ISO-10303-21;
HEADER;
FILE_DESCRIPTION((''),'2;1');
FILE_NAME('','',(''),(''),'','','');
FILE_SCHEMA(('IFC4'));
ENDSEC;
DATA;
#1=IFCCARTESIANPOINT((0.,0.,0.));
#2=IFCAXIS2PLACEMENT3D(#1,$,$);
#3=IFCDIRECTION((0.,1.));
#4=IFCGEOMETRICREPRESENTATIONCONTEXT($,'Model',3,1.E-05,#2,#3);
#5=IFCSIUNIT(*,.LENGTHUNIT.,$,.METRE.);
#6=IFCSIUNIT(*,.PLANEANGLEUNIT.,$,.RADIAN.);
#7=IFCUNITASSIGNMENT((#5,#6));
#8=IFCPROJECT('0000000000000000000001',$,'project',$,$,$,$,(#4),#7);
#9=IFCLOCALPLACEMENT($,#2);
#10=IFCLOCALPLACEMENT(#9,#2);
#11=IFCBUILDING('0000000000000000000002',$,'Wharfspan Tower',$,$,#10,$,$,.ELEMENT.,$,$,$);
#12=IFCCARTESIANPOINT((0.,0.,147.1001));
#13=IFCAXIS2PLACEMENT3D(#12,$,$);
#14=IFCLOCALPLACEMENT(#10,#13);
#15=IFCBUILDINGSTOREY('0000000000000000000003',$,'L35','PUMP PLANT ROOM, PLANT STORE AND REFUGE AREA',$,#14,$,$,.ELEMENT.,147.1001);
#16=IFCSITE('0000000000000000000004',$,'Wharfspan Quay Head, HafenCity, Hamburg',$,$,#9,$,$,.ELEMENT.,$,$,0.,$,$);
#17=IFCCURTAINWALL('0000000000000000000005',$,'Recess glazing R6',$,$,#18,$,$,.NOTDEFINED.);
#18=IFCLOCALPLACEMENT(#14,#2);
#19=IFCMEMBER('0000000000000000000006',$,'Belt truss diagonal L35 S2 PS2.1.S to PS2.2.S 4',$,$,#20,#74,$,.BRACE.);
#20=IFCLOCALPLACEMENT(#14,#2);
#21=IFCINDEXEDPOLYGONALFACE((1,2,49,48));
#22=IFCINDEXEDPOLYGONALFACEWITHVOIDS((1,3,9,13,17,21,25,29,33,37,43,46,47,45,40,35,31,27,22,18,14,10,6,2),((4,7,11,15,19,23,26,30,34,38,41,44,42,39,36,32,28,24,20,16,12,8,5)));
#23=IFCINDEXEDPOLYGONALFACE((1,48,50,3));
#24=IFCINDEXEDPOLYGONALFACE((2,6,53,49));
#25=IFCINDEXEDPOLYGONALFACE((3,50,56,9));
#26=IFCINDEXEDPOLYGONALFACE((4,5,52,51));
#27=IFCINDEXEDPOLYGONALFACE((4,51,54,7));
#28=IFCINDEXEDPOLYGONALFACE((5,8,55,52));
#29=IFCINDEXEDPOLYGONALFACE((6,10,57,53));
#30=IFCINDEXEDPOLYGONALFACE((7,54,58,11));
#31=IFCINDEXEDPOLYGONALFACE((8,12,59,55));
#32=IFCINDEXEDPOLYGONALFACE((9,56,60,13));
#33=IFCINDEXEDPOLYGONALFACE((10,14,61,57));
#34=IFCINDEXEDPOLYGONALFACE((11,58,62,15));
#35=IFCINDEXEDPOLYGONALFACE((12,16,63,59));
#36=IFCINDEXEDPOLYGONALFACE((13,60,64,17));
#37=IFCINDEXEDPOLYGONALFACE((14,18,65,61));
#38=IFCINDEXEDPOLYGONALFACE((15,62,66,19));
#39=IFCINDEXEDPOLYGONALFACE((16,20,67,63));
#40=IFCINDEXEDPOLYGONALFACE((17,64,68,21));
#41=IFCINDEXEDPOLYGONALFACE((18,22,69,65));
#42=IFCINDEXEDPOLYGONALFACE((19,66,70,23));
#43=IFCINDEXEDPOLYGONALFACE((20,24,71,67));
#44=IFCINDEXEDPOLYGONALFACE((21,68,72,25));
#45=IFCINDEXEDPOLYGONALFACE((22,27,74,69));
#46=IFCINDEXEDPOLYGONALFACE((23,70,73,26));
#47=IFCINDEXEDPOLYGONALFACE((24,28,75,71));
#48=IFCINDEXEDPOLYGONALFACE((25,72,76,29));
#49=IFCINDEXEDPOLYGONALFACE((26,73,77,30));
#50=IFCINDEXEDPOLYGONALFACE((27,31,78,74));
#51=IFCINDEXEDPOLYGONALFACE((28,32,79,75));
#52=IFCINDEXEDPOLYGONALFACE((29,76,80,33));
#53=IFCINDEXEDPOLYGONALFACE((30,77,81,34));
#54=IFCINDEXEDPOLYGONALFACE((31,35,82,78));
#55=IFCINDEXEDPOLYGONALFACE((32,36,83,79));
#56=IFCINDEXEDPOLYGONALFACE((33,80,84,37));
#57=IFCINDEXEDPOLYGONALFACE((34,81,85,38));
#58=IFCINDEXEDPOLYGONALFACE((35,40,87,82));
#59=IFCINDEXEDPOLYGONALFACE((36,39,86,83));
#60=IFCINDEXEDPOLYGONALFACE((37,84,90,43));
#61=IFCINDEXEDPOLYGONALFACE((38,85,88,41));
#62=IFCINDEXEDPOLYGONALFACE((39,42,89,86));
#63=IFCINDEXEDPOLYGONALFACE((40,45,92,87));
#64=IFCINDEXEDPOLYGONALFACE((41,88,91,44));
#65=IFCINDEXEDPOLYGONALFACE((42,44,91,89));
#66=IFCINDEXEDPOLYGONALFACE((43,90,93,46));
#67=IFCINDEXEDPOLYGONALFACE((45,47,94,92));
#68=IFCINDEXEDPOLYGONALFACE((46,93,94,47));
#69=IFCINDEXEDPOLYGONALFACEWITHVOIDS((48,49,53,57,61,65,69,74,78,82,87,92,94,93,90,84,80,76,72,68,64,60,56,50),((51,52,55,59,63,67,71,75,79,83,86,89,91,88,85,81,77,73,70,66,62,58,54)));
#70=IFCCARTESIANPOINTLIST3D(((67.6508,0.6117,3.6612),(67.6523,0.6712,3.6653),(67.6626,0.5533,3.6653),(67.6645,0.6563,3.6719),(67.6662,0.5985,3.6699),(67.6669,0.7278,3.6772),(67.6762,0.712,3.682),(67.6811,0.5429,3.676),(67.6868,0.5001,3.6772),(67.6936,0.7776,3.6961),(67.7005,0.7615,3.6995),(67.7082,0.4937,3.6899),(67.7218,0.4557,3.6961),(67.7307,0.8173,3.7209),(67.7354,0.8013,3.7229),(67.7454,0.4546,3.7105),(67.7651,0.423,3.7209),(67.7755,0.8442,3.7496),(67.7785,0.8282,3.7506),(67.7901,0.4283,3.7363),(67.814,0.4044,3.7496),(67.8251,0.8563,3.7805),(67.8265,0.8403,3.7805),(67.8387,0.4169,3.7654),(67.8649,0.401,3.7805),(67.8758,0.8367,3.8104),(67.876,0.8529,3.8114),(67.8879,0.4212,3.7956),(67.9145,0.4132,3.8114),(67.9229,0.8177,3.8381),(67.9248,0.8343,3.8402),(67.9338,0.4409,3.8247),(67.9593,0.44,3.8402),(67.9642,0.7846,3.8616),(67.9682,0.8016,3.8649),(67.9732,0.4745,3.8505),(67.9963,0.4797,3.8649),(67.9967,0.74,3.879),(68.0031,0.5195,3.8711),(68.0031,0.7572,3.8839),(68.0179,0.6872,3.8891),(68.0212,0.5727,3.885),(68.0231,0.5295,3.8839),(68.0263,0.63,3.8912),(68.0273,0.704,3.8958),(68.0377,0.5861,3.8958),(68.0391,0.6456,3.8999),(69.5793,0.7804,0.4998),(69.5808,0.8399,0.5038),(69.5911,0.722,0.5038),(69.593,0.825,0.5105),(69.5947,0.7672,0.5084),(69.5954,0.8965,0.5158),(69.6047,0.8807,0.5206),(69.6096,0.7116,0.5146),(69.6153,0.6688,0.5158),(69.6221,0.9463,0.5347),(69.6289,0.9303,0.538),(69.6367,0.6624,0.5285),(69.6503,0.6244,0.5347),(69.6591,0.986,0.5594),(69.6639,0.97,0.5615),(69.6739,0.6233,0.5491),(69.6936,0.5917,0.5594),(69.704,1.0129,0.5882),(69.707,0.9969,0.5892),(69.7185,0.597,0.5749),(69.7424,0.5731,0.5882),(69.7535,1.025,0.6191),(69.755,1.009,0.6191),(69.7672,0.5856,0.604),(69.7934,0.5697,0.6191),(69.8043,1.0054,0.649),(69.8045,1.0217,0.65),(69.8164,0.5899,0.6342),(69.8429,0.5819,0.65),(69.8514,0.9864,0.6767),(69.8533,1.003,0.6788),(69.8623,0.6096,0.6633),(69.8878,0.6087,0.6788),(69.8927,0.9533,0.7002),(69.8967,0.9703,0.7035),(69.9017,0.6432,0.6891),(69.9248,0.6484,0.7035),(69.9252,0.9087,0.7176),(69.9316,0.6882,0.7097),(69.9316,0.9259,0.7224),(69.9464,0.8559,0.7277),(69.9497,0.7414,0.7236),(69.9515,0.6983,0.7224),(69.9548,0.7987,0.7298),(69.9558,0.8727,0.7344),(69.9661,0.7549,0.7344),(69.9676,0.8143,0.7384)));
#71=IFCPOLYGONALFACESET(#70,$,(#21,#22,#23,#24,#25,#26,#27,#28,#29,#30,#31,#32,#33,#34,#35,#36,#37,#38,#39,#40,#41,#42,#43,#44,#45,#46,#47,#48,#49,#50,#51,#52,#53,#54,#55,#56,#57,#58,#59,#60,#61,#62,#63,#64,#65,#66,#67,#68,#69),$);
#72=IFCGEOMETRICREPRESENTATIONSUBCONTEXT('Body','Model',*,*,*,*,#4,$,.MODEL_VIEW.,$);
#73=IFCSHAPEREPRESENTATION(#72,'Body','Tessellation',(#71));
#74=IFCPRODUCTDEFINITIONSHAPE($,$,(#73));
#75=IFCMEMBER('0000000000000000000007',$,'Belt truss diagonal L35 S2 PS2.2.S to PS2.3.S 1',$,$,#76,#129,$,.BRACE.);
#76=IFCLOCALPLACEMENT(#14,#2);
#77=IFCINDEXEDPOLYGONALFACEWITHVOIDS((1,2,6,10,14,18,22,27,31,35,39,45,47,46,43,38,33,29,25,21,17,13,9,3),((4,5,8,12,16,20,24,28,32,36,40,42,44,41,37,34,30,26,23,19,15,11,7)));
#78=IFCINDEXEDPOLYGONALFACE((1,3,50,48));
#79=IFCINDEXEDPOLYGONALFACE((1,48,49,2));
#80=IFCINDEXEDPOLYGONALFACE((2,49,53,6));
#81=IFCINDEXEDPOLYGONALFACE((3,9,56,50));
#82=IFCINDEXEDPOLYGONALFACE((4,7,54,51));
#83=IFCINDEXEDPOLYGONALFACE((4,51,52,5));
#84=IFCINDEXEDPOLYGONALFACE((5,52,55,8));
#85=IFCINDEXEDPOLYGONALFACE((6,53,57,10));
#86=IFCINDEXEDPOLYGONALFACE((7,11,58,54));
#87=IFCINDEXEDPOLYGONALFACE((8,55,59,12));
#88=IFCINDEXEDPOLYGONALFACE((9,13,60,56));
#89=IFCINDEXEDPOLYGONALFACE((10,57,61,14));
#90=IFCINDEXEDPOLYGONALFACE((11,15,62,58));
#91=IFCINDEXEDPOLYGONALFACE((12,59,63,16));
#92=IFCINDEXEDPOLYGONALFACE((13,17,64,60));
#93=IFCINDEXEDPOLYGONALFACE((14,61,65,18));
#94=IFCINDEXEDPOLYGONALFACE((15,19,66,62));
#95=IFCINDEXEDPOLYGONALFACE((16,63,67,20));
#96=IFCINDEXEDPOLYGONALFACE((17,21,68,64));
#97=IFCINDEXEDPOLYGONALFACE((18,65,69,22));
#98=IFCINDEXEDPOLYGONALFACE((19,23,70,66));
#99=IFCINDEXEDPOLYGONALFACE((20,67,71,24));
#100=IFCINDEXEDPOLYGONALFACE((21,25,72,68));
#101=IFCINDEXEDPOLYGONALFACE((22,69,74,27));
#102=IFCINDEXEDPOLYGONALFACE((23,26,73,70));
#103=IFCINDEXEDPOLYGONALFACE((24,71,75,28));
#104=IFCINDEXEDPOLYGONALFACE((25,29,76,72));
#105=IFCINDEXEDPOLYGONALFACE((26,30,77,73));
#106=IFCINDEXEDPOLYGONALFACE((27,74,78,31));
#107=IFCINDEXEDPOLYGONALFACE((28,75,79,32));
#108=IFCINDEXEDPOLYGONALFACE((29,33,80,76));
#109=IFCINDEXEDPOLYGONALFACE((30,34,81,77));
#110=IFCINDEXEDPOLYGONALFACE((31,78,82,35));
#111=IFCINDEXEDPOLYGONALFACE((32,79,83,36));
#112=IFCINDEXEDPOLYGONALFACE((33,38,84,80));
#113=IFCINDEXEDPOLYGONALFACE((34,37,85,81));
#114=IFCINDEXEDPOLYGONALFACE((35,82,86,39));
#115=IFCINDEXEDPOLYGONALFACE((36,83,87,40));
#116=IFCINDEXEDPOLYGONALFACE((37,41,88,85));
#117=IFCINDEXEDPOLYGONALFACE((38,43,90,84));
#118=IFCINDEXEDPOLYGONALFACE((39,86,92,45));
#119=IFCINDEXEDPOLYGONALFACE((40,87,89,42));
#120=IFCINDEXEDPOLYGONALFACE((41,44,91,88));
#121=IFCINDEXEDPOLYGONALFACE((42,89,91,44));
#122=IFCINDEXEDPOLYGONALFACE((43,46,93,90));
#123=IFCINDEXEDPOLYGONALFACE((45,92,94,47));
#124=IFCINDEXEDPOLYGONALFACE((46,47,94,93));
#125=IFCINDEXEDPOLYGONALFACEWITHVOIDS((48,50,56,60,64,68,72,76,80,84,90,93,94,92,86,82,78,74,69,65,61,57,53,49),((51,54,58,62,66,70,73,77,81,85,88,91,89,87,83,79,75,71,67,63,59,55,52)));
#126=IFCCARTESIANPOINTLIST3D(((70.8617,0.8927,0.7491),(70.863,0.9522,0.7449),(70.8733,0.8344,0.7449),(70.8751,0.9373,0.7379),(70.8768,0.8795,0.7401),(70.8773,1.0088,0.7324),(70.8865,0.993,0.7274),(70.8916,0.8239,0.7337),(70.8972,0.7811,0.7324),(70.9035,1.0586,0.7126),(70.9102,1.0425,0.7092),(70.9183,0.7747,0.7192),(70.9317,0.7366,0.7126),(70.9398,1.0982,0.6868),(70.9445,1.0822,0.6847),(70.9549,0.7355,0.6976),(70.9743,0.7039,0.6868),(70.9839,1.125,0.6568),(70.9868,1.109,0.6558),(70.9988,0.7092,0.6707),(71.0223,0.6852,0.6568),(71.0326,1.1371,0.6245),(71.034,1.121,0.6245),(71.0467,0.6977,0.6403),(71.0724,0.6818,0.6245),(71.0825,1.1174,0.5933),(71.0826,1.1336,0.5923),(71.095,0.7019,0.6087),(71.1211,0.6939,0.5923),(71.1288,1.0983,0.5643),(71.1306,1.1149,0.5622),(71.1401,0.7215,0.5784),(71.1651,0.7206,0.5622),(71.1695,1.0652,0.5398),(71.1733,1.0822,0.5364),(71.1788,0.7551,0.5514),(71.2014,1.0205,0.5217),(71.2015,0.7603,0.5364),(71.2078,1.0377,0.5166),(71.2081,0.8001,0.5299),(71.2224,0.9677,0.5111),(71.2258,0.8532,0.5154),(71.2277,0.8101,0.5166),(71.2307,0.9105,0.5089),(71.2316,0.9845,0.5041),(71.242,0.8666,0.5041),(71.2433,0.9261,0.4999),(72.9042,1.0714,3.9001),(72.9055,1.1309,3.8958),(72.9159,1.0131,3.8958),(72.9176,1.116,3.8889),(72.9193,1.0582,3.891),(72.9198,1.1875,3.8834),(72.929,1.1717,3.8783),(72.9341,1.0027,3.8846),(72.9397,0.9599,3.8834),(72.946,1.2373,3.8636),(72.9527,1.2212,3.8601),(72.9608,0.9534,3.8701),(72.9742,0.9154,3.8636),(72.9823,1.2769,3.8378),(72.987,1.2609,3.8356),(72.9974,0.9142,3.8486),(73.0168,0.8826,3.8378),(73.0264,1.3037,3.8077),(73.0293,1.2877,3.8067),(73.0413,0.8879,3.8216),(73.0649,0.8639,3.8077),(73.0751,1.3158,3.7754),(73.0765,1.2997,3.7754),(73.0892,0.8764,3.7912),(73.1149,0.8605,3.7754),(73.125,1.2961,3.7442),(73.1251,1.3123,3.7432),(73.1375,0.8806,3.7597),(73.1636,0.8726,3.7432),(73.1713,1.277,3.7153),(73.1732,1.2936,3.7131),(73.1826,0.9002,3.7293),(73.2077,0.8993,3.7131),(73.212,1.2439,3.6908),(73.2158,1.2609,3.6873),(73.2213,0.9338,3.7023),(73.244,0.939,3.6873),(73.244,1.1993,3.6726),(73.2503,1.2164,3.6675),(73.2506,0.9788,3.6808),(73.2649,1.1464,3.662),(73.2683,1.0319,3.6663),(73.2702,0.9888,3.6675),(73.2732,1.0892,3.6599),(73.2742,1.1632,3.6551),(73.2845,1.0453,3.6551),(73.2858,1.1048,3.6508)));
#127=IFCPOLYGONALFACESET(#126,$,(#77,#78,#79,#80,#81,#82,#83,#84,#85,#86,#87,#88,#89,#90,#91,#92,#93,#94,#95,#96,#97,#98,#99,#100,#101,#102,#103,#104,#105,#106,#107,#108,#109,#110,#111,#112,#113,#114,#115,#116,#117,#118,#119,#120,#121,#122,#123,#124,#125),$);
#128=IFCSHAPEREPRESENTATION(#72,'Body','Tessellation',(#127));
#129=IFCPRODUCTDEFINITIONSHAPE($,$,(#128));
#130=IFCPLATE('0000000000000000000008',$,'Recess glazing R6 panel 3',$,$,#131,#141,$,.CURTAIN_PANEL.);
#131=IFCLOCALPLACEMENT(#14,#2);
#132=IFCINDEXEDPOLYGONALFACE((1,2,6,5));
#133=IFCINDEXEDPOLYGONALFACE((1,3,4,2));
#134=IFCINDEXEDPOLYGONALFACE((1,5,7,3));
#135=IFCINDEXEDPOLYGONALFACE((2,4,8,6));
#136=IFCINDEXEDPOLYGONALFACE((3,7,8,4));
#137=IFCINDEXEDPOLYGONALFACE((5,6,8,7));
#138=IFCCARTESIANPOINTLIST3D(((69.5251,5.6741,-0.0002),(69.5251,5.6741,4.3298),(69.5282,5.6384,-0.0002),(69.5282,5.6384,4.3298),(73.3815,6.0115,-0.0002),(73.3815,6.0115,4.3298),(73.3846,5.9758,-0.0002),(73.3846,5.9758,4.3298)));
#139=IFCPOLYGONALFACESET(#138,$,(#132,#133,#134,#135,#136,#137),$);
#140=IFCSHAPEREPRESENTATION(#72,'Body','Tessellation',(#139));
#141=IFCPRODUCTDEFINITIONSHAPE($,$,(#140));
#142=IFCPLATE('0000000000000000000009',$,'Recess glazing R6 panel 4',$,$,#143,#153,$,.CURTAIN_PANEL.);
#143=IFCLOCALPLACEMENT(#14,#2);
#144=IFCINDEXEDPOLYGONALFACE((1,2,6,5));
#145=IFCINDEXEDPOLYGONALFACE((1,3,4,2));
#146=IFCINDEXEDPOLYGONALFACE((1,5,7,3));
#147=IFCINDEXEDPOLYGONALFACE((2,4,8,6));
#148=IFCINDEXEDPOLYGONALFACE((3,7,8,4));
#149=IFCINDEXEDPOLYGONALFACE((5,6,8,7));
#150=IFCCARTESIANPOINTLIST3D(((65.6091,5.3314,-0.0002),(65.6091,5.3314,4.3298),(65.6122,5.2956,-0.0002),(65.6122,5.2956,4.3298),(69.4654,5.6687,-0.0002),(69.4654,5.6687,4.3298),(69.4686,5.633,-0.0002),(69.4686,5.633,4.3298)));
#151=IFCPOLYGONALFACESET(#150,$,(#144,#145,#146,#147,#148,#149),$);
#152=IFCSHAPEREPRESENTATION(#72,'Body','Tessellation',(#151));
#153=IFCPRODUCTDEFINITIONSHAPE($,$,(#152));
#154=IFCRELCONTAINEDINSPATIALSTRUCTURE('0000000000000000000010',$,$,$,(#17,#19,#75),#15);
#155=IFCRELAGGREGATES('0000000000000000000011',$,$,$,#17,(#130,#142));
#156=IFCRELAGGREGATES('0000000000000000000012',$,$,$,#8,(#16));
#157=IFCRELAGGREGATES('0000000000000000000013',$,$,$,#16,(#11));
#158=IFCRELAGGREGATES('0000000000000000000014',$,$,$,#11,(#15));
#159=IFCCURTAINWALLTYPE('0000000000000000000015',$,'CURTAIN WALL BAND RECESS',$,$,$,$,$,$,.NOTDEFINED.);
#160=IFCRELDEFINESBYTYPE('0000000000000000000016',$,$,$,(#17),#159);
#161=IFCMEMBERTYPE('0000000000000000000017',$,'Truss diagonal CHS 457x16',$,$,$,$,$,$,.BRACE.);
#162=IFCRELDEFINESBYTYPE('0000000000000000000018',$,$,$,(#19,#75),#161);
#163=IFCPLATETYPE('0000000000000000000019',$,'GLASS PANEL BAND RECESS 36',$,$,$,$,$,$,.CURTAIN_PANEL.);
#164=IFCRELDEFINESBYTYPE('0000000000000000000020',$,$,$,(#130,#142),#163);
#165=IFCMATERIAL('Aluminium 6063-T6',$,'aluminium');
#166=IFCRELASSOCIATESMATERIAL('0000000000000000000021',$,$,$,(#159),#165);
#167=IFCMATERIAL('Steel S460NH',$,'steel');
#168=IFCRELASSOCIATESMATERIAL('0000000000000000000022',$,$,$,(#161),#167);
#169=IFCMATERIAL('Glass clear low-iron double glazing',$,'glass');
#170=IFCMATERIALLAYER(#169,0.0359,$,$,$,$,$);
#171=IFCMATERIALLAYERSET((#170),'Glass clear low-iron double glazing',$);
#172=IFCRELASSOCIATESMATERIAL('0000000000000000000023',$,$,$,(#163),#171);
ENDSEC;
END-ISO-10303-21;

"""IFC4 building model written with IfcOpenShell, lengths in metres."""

from ifc_helpers import new_model, si_unit, direction, frame, origin, origin_2d, place, context, subcontext, project, spatial, rectangle, hollow_circle, extrude, material, layer, layer_set, material_profile, profile_set, type_object, element, aggregate, save


model = new_model("IFC4")

# Units and contexts
model_context = context("Model", 3, precision=1e-05, world=origin(), true_north=direction((0.0, 1.0)))
body_context = subcontext(model_context, "Body", "Model", "MODEL_VIEW")
ifc_project = project(units=[si_unit("LENGTHUNIT", "METRE"), si_unit("PLANEANGLEUNIT", "RADIAN")], contexts=[model_context])

# Site, building, storey
site_placement = place(None, origin())
site = spatial("IfcSite", under=ifc_project, at=site_placement, Name="Wharfspan Quay Head, HafenCity, Hamburg", CompositionType="ELEMENT", RefElevation=0.0)
building_placement = place(site_placement, origin())
building = spatial("IfcBuilding", under=site, at=building_placement, Name="Wharfspan Tower", CompositionType="ELEMENT")
storey_placement = place(building_placement, frame((0.0, 0.0, 147.1001)))
storey = spatial("IfcBuildingStorey", under=building, at=storey_placement, Name="L35", Description="PUMP PLANT ROOM, PLANT STORE AND REFUGE AREA", CompositionType="ELEMENT", Elevation=147.1001)

# Curtain wall
ifc_material_1 = material(Name="Aluminium 6063-T6", Category="aluminium")
curtain_wall_type = type_object("IfcCurtainWallType", Name="CURTAIN WALL BAND RECESS", PredefinedType="NOTDEFINED", material=ifc_material_1)
curtain_wall_placement = place(storey_placement, origin())
curtain_wall = element("IfcCurtainWall", 1, at=curtain_wall_placement, inside=storey, type_object=curtain_wall_type, Name="Recess glazing R6", PredefinedType="NOTDEFINED")

# Members
ifc_material_2 = material(Name="Steel S460NH", Category="steel")
ifc_material_profile_1 = material_profile(ifc_material_2, hollow_circle(Radius=0.2285, WallThickness=0.0161, at=origin_2d()))
ifc_profile_set_1 = profile_set([ifc_material_profile_1], Name="Steel S460NH")
member_type_1 = type_object("IfcMemberType", Name="Truss diagonal CHS 457x16", PredefinedType="BRACE", material=ifc_profile_set_1)
member_1_placement = place(storey_placement, frame((67.845, 0.6287, 3.7805), z_axis=(0.520225, 0.045509, -0.852816), x_axis=(-0.087148, 0.996192, -0.000001)))
element("IfcMember", 2, at=member_1_placement, inside=storey, type_object=member_type_1, Name="Belt truss diagonal L35 S2 PS2.1.S to PS2.2.S 4", PredefinedType="BRACE", context=body_context, shape_type="SweptSolid", body=[
    extrude(hollow_circle(Radius=0.2285, WallThickness=0.0161, at=origin_2d()), origin(), (0.0, 0.0, 1.0), 3.707),
])
member_2_placement = place(storey_placement, frame((71.0525, 0.9094, 0.6245), z_axis=(0.543326, 0.047539, 0.838175), x_axis=(-0.087163, 0.996191, 0.0)))
element("IfcMember", 3, at=member_2_placement, inside=storey, type_object=member_type_1, Name="Belt truss diagonal L35 S2 PS2.2.S to PS2.3.S 1", PredefinedType="BRACE", context=body_context, shape_type="SweptSolid", body=[
    extrude(hollow_circle(Radius=0.2285, WallThickness=0.0161, at=origin_2d()), origin(), (0.0, 0.0, 1.0), 3.7593),
])

# Plates
ifc_material_3 = material(Name="Glass clear low-iron double glazing", Category="glass")
ifc_layer = layer(ifc_material_3, 0.0359)
ifc_layer_set = layer_set([ifc_layer], Name="Glass clear low-iron double glazing")
plate_type = type_object("IfcPlateType", Name="GLASS PANEL BAND RECESS 36", PredefinedType="CURTAIN_PANEL", material=ifc_layer_set)
plate_1_placement = place(storey_placement, frame((71.4548, 5.825, -0.0002), z_axis=(0.0, 0.0, 1.0), x_axis=(-0.996198, -0.087156, 0.0)))
plate_1 = element("IfcPlate", 4, at=plate_1_placement, type_object=plate_type, Name="Recess glazing R6 panel 3", PredefinedType="CURTAIN_PANEL", context=body_context, shape_type="SweptSolid", body=[
    extrude(rectangle(XDim=3.8711, YDim=0.0359, at=origin_2d()), origin(), (0.0, 0.0, 1.0), 4.3301),
])
plate_2_placement = place(storey_placement, frame((67.5388, 5.4822, -0.0002), z_axis=(0.0, 0.0, 1.0), x_axis=(-0.996198, -0.087156, 0.0)))
plate_2 = element("IfcPlate", 5, at=plate_2_placement, type_object=plate_type, Name="Recess glazing R6 panel 4", PredefinedType="CURTAIN_PANEL", context=body_context, shape_type="SweptSolid", body=[
    extrude(rectangle(XDim=3.8711, YDim=0.0359, at=origin_2d()), origin(), (0.0, 0.0, 1.0), 4.3301),
])
aggregate(curtain_wall, [plate_1, plate_2])

save(model, "model.ifc")
